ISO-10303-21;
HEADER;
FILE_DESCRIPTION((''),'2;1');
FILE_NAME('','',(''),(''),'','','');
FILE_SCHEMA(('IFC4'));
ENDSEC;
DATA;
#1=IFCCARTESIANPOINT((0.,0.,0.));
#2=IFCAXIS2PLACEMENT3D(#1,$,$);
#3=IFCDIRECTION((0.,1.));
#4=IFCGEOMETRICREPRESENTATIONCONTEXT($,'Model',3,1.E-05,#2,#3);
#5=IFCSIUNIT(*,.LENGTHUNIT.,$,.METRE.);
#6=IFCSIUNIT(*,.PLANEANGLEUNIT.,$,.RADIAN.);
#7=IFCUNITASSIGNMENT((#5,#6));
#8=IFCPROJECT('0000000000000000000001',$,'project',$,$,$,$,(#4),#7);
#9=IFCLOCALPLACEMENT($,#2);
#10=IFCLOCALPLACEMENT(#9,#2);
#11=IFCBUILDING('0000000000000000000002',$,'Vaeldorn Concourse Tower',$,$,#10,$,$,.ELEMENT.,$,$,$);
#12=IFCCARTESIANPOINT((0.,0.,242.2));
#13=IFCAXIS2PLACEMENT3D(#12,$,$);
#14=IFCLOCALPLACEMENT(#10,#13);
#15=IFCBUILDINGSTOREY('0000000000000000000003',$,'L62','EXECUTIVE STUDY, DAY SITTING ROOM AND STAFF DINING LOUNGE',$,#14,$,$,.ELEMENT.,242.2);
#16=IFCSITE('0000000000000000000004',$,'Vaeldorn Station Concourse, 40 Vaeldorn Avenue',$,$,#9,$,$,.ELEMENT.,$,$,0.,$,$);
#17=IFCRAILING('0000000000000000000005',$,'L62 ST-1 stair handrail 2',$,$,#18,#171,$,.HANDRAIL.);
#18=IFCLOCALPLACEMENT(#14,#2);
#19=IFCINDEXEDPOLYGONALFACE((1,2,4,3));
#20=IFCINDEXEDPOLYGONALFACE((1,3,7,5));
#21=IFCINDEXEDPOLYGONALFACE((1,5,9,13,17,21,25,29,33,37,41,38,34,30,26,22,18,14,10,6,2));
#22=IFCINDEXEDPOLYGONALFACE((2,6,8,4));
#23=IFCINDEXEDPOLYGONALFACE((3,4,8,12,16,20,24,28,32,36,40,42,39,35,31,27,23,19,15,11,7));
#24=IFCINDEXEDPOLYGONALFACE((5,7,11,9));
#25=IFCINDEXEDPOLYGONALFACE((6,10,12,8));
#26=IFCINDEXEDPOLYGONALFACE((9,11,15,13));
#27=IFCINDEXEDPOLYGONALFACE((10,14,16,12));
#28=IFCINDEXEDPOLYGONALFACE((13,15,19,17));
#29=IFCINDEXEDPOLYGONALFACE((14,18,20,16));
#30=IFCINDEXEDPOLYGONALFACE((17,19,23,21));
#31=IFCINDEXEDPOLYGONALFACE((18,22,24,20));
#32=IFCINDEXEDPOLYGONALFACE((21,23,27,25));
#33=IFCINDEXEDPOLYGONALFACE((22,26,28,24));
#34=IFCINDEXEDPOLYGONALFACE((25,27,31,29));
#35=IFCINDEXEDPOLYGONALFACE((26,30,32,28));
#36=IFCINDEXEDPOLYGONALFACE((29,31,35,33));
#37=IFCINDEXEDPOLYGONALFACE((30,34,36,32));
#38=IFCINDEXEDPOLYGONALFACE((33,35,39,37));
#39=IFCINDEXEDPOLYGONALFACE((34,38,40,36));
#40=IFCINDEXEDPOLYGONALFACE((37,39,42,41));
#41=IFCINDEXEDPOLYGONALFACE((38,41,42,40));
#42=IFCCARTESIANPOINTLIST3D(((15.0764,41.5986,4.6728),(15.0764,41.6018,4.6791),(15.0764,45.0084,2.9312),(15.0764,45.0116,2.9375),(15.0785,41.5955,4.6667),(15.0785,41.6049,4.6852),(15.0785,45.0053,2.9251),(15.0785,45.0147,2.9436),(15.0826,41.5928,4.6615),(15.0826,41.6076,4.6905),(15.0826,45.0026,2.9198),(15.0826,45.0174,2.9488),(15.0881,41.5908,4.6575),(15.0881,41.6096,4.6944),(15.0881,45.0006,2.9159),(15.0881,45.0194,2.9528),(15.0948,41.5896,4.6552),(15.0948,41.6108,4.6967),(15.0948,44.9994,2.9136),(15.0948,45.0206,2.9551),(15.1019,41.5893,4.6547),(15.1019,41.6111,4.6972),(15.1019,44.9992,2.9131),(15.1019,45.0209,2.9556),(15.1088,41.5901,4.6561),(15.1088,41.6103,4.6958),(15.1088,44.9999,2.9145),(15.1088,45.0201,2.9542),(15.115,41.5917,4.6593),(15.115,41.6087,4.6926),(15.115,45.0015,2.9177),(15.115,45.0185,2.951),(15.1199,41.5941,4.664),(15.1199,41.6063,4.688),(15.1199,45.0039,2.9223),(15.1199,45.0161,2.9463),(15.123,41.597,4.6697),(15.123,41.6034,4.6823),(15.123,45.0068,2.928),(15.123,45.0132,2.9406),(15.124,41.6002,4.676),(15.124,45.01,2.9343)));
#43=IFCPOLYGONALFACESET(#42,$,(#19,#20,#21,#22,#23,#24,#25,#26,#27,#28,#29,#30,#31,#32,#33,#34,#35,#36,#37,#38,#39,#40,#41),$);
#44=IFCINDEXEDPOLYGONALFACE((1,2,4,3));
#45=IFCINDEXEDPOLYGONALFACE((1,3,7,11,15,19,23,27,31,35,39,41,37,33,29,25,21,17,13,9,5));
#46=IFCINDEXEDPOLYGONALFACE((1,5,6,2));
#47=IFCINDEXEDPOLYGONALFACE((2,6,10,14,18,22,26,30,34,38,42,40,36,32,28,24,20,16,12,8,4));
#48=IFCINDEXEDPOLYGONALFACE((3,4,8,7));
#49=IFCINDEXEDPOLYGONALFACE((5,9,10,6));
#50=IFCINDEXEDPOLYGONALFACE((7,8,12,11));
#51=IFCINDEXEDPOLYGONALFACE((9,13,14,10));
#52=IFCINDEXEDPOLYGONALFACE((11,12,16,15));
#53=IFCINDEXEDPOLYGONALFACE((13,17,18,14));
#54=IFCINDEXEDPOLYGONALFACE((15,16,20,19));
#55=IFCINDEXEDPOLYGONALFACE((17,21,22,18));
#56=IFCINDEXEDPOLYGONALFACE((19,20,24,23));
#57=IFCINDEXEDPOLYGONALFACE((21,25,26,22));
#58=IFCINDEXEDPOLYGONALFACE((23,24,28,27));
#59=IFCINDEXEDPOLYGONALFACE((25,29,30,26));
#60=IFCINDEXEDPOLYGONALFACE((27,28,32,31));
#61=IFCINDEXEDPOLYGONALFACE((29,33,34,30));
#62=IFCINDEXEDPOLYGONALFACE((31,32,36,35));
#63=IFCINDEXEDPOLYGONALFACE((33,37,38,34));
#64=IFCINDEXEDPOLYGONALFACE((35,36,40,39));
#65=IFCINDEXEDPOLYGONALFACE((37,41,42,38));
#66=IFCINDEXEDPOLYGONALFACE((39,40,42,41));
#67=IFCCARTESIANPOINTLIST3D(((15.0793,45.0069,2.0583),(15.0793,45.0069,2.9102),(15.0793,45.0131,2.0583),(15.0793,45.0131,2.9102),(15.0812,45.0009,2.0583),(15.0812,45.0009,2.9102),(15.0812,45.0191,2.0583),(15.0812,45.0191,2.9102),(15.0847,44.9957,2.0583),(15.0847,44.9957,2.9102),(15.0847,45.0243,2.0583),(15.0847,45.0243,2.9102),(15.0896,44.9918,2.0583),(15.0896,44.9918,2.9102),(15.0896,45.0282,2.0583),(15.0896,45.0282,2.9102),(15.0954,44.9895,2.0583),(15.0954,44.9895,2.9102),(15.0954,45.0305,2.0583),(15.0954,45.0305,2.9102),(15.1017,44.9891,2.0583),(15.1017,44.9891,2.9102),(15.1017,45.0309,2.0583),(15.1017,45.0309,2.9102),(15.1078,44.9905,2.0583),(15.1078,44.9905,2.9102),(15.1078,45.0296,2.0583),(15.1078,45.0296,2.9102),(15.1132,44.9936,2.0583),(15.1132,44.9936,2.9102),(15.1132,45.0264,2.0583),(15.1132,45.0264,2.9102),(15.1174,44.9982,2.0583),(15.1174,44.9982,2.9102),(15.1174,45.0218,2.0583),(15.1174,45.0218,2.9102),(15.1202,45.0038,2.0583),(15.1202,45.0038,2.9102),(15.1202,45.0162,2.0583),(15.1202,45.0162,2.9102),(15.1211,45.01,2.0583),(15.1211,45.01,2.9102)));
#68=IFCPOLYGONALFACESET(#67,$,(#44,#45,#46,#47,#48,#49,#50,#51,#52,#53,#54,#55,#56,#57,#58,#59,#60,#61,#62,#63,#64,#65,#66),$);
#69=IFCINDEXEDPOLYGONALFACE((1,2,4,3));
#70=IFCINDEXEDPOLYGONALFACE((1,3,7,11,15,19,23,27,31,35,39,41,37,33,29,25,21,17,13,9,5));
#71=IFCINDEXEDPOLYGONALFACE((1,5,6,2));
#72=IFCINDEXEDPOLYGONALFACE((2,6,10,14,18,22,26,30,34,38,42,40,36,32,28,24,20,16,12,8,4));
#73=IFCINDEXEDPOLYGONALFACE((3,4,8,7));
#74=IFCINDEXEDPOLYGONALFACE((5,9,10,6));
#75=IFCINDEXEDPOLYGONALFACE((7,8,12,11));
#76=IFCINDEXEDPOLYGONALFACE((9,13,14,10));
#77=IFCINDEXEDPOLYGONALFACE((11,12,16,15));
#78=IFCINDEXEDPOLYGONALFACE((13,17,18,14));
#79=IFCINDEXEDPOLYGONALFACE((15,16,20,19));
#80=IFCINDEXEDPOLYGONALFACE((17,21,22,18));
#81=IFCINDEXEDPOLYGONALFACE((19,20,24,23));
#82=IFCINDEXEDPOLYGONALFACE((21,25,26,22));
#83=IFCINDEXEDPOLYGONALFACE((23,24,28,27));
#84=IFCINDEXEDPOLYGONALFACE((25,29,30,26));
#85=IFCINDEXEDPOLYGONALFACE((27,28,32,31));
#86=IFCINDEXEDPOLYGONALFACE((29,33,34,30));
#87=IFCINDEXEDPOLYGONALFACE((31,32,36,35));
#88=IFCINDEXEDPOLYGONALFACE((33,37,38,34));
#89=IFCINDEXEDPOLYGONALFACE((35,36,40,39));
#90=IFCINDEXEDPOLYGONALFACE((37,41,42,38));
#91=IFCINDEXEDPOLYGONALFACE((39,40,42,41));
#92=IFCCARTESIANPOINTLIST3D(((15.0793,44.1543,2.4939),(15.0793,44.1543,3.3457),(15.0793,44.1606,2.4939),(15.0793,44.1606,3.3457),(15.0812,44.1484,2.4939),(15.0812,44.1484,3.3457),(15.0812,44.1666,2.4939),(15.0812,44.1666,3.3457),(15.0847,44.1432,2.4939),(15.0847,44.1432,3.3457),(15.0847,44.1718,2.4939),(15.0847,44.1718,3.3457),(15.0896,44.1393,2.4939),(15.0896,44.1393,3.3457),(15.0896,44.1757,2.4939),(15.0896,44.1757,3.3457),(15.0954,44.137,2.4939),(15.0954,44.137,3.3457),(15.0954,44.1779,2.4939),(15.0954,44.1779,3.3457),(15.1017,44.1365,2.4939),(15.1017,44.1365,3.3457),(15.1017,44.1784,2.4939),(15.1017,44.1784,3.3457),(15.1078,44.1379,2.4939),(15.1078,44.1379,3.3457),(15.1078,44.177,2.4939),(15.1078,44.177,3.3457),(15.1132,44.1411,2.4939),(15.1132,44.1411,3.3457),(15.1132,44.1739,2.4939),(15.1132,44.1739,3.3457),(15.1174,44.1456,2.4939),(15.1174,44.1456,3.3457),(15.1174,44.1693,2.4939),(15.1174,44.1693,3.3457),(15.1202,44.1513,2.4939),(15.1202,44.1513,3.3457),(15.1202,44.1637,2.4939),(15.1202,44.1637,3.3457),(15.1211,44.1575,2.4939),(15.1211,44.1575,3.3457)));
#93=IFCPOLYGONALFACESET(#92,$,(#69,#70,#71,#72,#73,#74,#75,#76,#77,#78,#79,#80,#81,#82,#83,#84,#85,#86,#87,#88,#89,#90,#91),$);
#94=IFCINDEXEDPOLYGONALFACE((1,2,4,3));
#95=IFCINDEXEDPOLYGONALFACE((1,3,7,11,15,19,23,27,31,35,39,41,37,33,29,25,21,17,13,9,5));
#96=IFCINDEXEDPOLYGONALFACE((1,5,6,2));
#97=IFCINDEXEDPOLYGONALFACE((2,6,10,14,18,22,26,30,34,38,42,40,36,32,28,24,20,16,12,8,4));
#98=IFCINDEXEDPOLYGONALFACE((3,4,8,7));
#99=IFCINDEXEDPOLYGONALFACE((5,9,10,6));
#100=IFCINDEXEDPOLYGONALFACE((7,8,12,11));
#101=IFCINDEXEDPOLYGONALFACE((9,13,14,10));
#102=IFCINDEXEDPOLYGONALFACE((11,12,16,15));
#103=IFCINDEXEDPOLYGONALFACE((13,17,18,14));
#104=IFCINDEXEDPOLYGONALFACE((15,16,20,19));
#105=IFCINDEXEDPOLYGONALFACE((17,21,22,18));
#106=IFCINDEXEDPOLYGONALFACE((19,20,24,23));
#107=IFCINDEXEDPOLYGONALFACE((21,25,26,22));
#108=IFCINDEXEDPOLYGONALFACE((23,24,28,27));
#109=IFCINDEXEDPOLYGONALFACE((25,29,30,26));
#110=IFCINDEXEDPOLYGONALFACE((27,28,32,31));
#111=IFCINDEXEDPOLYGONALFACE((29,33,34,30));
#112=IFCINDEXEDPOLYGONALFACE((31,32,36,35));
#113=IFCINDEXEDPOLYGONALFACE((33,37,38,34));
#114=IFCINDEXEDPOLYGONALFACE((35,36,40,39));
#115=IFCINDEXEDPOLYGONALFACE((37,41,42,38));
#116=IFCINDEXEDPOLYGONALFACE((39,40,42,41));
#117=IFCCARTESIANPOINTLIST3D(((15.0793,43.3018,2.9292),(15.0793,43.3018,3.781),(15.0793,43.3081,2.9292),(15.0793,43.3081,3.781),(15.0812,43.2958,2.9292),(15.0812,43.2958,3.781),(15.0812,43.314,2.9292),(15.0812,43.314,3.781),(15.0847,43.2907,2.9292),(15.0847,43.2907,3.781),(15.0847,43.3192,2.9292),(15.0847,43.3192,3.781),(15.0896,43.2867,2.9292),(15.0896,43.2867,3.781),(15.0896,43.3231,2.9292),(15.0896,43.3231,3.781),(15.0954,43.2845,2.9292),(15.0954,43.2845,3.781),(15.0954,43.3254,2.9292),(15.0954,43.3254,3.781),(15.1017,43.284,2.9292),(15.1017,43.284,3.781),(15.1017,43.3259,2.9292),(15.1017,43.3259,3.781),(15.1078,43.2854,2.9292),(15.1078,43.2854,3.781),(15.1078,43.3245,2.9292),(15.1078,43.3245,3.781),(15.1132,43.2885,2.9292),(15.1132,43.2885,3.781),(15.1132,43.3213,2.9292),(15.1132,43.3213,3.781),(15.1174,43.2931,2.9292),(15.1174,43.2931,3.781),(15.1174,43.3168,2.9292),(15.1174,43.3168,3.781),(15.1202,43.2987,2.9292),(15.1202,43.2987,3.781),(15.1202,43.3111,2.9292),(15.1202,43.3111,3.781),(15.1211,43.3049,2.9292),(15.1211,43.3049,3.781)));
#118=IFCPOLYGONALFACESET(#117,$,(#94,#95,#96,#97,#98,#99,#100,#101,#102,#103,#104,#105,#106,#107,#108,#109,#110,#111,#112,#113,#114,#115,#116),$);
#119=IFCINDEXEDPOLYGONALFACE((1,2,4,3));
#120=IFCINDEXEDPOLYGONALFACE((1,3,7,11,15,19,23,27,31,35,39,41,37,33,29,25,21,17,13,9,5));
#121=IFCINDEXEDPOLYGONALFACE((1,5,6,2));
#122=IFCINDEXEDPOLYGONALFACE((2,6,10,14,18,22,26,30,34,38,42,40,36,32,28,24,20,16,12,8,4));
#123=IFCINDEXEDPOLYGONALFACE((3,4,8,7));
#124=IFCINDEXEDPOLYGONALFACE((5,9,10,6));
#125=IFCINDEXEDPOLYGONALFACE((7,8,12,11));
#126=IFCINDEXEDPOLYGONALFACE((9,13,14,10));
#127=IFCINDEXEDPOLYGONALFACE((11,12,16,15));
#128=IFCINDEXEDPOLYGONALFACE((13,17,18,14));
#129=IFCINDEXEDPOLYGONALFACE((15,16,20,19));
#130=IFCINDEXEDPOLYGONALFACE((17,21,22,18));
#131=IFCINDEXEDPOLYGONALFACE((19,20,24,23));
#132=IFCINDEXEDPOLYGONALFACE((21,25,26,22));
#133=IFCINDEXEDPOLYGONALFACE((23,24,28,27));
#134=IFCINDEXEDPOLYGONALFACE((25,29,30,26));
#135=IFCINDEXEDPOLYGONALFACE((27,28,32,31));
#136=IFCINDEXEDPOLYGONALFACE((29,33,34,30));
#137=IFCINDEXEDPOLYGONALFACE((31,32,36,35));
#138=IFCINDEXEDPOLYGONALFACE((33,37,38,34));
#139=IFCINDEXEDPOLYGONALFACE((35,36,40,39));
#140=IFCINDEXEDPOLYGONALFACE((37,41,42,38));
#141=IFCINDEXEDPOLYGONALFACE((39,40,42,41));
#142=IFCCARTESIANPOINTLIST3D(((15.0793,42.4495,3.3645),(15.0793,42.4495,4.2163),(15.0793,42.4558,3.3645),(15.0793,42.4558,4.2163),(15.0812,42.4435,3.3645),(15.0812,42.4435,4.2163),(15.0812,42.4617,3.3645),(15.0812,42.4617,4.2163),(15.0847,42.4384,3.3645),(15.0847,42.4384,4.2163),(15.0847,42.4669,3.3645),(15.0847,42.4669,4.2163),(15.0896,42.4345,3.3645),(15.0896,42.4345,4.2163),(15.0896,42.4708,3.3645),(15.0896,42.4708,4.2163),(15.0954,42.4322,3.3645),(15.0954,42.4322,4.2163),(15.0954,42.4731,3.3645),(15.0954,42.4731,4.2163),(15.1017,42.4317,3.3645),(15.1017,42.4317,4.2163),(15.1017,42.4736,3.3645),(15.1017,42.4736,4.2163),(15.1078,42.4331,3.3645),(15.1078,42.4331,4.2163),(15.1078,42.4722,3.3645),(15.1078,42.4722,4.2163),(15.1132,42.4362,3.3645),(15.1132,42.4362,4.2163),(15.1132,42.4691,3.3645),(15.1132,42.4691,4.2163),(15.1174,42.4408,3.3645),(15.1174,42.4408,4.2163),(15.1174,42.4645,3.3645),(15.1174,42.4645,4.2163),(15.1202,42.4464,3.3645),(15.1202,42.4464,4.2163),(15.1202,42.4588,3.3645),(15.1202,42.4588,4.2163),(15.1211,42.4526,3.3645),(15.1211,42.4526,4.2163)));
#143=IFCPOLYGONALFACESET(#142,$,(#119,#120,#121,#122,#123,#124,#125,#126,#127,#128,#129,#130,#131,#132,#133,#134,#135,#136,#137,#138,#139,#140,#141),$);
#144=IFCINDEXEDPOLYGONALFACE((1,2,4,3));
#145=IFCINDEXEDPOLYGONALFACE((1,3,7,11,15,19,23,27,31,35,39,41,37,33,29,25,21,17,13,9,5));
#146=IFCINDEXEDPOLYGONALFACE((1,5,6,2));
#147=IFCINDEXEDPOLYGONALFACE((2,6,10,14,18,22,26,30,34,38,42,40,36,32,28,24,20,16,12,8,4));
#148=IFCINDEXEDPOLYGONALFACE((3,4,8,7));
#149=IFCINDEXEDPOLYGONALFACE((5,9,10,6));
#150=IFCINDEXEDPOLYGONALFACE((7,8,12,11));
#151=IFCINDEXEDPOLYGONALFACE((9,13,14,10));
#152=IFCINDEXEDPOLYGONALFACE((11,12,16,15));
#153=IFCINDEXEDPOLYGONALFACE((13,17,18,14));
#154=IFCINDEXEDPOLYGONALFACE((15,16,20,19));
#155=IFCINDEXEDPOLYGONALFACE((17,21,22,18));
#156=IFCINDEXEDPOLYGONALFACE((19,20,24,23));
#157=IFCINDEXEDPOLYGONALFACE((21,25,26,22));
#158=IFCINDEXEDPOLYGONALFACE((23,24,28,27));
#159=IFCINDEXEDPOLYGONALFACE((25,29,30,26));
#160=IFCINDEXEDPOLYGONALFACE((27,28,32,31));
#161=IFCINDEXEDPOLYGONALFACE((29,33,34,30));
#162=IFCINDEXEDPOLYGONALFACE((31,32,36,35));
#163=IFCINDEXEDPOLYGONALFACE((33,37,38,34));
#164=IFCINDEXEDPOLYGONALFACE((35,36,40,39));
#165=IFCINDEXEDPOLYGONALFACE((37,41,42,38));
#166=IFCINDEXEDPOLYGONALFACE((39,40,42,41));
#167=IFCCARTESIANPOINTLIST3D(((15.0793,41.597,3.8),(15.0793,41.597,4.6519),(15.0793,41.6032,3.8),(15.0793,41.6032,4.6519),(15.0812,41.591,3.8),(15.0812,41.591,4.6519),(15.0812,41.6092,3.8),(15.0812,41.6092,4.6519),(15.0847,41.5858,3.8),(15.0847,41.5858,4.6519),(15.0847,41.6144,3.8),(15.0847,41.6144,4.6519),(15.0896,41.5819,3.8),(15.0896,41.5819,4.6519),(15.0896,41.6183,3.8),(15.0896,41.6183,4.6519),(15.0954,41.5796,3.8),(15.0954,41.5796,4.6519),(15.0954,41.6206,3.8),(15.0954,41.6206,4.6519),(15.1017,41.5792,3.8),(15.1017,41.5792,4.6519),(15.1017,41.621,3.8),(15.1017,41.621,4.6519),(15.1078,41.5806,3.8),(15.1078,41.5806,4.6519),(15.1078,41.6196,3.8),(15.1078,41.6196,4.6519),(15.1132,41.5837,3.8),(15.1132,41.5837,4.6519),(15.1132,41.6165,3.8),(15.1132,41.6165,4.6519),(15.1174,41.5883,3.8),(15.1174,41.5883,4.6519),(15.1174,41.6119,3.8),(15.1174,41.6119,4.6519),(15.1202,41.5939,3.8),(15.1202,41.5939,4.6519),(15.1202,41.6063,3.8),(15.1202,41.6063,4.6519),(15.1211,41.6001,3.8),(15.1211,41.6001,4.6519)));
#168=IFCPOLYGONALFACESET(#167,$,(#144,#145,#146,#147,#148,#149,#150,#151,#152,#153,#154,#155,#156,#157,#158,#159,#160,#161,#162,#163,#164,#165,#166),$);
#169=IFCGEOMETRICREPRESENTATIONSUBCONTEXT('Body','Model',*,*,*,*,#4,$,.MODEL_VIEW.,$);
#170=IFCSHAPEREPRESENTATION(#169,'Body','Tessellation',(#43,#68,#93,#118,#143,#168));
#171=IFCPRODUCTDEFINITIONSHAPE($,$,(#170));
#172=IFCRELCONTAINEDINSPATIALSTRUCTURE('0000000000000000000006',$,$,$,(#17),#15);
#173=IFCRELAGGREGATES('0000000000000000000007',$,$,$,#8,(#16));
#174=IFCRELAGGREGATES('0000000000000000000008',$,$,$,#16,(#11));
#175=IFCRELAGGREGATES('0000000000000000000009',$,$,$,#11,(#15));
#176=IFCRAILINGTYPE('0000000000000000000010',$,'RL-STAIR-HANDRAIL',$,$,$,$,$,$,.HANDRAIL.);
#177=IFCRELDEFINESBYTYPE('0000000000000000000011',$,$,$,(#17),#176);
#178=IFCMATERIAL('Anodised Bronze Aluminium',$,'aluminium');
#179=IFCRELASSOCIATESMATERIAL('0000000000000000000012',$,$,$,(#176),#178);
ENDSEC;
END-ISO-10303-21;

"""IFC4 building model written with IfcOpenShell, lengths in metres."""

from ifc_helpers import new_model, si_unit, direction, frame, origin, origin_2d, place, context, subcontext, project, spatial, circle, extrude, material, type_object, element, save


model = new_model("IFC4")

# Units and contexts
model_context = context("Model", 3, precision=1e-05, world=origin(), true_north=direction((0.0, 1.0)))
body_context = subcontext(model_context, "Body", "Model", "MODEL_VIEW")
ifc_project = project(units=[si_unit("LENGTHUNIT", "METRE"), si_unit("PLANEANGLEUNIT", "RADIAN")], contexts=[model_context])

# Site, building, storey
site_placement = place(None, origin())
site = spatial("IfcSite", under=ifc_project, at=site_placement, Name="Vaeldorn Station Concourse, 40 Vaeldorn Avenue", CompositionType="ELEMENT", RefElevation=0.0)
building_placement = place(site_placement, origin())
building = spatial("IfcBuilding", under=site, at=building_placement, Name="Vaeldorn Concourse Tower", CompositionType="ELEMENT")
storey_placement = place(building_placement, frame((0.0, 0.0, 242.2)))
storey = spatial("IfcBuildingStorey", under=building, at=storey_placement, Name="L62", Description="EXECUTIVE STUDY, DAY SITTING ROOM AND STAFF DINING LOUNGE", CompositionType="ELEMENT", Elevation=242.2)

# Shared definitions
ifc_material_1 = material(Name="Anodised Bronze Aluminium", Category="aluminium")

# Railing
railing_type_1 = type_object("IfcRailingType", Name="RL-STAIR-HANDRAIL", PredefinedType="HANDRAIL", material=ifc_material_1)
railing_1_placement = place(storey_placement, frame((15.1001, 45.01, 2.0583)))
element("IfcRailing", 1, at=railing_1_placement, inside=storey, type_object=railing_type_1, Name="L62 ST-1 stair handrail 2", PredefinedType="HANDRAIL", context=body_context, shape_type="SweptSolid", body=[
    extrude(circle(Radius=0.0239, at=origin_2d()), frame((0.0, 0.0, 0.876), z_axis=(0.0, -0.890556, 0.454874), x_axis=(1.0, 0.0, 0.0)), (0.0, 0.0, 1.0), 3.8289),
    extrude(circle(Radius=0.021, at=origin_2d()), origin(), (0.0, 0.0, 1.0), 0.8518),
    extrude(circle(Radius=0.021, at=origin_2d()), frame((0.0, -0.8525, 0.4355)), (0.0, 0.0, 1.0), 0.8518),
    extrude(circle(Radius=0.021, at=origin_2d()), frame((0.0, -1.7051, 0.8708)), (0.0, 0.0, 1.0), 0.8518),
    extrude(circle(Radius=0.021, at=origin_2d()), frame((0.0, -2.5574, 1.3062)), (0.0, 0.0, 1.0), 0.8518),
    extrude(circle(Radius=0.021, at=origin_2d()), frame((0.0, -3.4099, 1.7417)), (0.0, 0.0, 1.0), 0.8518),
])

save(model, "model.ifc")
